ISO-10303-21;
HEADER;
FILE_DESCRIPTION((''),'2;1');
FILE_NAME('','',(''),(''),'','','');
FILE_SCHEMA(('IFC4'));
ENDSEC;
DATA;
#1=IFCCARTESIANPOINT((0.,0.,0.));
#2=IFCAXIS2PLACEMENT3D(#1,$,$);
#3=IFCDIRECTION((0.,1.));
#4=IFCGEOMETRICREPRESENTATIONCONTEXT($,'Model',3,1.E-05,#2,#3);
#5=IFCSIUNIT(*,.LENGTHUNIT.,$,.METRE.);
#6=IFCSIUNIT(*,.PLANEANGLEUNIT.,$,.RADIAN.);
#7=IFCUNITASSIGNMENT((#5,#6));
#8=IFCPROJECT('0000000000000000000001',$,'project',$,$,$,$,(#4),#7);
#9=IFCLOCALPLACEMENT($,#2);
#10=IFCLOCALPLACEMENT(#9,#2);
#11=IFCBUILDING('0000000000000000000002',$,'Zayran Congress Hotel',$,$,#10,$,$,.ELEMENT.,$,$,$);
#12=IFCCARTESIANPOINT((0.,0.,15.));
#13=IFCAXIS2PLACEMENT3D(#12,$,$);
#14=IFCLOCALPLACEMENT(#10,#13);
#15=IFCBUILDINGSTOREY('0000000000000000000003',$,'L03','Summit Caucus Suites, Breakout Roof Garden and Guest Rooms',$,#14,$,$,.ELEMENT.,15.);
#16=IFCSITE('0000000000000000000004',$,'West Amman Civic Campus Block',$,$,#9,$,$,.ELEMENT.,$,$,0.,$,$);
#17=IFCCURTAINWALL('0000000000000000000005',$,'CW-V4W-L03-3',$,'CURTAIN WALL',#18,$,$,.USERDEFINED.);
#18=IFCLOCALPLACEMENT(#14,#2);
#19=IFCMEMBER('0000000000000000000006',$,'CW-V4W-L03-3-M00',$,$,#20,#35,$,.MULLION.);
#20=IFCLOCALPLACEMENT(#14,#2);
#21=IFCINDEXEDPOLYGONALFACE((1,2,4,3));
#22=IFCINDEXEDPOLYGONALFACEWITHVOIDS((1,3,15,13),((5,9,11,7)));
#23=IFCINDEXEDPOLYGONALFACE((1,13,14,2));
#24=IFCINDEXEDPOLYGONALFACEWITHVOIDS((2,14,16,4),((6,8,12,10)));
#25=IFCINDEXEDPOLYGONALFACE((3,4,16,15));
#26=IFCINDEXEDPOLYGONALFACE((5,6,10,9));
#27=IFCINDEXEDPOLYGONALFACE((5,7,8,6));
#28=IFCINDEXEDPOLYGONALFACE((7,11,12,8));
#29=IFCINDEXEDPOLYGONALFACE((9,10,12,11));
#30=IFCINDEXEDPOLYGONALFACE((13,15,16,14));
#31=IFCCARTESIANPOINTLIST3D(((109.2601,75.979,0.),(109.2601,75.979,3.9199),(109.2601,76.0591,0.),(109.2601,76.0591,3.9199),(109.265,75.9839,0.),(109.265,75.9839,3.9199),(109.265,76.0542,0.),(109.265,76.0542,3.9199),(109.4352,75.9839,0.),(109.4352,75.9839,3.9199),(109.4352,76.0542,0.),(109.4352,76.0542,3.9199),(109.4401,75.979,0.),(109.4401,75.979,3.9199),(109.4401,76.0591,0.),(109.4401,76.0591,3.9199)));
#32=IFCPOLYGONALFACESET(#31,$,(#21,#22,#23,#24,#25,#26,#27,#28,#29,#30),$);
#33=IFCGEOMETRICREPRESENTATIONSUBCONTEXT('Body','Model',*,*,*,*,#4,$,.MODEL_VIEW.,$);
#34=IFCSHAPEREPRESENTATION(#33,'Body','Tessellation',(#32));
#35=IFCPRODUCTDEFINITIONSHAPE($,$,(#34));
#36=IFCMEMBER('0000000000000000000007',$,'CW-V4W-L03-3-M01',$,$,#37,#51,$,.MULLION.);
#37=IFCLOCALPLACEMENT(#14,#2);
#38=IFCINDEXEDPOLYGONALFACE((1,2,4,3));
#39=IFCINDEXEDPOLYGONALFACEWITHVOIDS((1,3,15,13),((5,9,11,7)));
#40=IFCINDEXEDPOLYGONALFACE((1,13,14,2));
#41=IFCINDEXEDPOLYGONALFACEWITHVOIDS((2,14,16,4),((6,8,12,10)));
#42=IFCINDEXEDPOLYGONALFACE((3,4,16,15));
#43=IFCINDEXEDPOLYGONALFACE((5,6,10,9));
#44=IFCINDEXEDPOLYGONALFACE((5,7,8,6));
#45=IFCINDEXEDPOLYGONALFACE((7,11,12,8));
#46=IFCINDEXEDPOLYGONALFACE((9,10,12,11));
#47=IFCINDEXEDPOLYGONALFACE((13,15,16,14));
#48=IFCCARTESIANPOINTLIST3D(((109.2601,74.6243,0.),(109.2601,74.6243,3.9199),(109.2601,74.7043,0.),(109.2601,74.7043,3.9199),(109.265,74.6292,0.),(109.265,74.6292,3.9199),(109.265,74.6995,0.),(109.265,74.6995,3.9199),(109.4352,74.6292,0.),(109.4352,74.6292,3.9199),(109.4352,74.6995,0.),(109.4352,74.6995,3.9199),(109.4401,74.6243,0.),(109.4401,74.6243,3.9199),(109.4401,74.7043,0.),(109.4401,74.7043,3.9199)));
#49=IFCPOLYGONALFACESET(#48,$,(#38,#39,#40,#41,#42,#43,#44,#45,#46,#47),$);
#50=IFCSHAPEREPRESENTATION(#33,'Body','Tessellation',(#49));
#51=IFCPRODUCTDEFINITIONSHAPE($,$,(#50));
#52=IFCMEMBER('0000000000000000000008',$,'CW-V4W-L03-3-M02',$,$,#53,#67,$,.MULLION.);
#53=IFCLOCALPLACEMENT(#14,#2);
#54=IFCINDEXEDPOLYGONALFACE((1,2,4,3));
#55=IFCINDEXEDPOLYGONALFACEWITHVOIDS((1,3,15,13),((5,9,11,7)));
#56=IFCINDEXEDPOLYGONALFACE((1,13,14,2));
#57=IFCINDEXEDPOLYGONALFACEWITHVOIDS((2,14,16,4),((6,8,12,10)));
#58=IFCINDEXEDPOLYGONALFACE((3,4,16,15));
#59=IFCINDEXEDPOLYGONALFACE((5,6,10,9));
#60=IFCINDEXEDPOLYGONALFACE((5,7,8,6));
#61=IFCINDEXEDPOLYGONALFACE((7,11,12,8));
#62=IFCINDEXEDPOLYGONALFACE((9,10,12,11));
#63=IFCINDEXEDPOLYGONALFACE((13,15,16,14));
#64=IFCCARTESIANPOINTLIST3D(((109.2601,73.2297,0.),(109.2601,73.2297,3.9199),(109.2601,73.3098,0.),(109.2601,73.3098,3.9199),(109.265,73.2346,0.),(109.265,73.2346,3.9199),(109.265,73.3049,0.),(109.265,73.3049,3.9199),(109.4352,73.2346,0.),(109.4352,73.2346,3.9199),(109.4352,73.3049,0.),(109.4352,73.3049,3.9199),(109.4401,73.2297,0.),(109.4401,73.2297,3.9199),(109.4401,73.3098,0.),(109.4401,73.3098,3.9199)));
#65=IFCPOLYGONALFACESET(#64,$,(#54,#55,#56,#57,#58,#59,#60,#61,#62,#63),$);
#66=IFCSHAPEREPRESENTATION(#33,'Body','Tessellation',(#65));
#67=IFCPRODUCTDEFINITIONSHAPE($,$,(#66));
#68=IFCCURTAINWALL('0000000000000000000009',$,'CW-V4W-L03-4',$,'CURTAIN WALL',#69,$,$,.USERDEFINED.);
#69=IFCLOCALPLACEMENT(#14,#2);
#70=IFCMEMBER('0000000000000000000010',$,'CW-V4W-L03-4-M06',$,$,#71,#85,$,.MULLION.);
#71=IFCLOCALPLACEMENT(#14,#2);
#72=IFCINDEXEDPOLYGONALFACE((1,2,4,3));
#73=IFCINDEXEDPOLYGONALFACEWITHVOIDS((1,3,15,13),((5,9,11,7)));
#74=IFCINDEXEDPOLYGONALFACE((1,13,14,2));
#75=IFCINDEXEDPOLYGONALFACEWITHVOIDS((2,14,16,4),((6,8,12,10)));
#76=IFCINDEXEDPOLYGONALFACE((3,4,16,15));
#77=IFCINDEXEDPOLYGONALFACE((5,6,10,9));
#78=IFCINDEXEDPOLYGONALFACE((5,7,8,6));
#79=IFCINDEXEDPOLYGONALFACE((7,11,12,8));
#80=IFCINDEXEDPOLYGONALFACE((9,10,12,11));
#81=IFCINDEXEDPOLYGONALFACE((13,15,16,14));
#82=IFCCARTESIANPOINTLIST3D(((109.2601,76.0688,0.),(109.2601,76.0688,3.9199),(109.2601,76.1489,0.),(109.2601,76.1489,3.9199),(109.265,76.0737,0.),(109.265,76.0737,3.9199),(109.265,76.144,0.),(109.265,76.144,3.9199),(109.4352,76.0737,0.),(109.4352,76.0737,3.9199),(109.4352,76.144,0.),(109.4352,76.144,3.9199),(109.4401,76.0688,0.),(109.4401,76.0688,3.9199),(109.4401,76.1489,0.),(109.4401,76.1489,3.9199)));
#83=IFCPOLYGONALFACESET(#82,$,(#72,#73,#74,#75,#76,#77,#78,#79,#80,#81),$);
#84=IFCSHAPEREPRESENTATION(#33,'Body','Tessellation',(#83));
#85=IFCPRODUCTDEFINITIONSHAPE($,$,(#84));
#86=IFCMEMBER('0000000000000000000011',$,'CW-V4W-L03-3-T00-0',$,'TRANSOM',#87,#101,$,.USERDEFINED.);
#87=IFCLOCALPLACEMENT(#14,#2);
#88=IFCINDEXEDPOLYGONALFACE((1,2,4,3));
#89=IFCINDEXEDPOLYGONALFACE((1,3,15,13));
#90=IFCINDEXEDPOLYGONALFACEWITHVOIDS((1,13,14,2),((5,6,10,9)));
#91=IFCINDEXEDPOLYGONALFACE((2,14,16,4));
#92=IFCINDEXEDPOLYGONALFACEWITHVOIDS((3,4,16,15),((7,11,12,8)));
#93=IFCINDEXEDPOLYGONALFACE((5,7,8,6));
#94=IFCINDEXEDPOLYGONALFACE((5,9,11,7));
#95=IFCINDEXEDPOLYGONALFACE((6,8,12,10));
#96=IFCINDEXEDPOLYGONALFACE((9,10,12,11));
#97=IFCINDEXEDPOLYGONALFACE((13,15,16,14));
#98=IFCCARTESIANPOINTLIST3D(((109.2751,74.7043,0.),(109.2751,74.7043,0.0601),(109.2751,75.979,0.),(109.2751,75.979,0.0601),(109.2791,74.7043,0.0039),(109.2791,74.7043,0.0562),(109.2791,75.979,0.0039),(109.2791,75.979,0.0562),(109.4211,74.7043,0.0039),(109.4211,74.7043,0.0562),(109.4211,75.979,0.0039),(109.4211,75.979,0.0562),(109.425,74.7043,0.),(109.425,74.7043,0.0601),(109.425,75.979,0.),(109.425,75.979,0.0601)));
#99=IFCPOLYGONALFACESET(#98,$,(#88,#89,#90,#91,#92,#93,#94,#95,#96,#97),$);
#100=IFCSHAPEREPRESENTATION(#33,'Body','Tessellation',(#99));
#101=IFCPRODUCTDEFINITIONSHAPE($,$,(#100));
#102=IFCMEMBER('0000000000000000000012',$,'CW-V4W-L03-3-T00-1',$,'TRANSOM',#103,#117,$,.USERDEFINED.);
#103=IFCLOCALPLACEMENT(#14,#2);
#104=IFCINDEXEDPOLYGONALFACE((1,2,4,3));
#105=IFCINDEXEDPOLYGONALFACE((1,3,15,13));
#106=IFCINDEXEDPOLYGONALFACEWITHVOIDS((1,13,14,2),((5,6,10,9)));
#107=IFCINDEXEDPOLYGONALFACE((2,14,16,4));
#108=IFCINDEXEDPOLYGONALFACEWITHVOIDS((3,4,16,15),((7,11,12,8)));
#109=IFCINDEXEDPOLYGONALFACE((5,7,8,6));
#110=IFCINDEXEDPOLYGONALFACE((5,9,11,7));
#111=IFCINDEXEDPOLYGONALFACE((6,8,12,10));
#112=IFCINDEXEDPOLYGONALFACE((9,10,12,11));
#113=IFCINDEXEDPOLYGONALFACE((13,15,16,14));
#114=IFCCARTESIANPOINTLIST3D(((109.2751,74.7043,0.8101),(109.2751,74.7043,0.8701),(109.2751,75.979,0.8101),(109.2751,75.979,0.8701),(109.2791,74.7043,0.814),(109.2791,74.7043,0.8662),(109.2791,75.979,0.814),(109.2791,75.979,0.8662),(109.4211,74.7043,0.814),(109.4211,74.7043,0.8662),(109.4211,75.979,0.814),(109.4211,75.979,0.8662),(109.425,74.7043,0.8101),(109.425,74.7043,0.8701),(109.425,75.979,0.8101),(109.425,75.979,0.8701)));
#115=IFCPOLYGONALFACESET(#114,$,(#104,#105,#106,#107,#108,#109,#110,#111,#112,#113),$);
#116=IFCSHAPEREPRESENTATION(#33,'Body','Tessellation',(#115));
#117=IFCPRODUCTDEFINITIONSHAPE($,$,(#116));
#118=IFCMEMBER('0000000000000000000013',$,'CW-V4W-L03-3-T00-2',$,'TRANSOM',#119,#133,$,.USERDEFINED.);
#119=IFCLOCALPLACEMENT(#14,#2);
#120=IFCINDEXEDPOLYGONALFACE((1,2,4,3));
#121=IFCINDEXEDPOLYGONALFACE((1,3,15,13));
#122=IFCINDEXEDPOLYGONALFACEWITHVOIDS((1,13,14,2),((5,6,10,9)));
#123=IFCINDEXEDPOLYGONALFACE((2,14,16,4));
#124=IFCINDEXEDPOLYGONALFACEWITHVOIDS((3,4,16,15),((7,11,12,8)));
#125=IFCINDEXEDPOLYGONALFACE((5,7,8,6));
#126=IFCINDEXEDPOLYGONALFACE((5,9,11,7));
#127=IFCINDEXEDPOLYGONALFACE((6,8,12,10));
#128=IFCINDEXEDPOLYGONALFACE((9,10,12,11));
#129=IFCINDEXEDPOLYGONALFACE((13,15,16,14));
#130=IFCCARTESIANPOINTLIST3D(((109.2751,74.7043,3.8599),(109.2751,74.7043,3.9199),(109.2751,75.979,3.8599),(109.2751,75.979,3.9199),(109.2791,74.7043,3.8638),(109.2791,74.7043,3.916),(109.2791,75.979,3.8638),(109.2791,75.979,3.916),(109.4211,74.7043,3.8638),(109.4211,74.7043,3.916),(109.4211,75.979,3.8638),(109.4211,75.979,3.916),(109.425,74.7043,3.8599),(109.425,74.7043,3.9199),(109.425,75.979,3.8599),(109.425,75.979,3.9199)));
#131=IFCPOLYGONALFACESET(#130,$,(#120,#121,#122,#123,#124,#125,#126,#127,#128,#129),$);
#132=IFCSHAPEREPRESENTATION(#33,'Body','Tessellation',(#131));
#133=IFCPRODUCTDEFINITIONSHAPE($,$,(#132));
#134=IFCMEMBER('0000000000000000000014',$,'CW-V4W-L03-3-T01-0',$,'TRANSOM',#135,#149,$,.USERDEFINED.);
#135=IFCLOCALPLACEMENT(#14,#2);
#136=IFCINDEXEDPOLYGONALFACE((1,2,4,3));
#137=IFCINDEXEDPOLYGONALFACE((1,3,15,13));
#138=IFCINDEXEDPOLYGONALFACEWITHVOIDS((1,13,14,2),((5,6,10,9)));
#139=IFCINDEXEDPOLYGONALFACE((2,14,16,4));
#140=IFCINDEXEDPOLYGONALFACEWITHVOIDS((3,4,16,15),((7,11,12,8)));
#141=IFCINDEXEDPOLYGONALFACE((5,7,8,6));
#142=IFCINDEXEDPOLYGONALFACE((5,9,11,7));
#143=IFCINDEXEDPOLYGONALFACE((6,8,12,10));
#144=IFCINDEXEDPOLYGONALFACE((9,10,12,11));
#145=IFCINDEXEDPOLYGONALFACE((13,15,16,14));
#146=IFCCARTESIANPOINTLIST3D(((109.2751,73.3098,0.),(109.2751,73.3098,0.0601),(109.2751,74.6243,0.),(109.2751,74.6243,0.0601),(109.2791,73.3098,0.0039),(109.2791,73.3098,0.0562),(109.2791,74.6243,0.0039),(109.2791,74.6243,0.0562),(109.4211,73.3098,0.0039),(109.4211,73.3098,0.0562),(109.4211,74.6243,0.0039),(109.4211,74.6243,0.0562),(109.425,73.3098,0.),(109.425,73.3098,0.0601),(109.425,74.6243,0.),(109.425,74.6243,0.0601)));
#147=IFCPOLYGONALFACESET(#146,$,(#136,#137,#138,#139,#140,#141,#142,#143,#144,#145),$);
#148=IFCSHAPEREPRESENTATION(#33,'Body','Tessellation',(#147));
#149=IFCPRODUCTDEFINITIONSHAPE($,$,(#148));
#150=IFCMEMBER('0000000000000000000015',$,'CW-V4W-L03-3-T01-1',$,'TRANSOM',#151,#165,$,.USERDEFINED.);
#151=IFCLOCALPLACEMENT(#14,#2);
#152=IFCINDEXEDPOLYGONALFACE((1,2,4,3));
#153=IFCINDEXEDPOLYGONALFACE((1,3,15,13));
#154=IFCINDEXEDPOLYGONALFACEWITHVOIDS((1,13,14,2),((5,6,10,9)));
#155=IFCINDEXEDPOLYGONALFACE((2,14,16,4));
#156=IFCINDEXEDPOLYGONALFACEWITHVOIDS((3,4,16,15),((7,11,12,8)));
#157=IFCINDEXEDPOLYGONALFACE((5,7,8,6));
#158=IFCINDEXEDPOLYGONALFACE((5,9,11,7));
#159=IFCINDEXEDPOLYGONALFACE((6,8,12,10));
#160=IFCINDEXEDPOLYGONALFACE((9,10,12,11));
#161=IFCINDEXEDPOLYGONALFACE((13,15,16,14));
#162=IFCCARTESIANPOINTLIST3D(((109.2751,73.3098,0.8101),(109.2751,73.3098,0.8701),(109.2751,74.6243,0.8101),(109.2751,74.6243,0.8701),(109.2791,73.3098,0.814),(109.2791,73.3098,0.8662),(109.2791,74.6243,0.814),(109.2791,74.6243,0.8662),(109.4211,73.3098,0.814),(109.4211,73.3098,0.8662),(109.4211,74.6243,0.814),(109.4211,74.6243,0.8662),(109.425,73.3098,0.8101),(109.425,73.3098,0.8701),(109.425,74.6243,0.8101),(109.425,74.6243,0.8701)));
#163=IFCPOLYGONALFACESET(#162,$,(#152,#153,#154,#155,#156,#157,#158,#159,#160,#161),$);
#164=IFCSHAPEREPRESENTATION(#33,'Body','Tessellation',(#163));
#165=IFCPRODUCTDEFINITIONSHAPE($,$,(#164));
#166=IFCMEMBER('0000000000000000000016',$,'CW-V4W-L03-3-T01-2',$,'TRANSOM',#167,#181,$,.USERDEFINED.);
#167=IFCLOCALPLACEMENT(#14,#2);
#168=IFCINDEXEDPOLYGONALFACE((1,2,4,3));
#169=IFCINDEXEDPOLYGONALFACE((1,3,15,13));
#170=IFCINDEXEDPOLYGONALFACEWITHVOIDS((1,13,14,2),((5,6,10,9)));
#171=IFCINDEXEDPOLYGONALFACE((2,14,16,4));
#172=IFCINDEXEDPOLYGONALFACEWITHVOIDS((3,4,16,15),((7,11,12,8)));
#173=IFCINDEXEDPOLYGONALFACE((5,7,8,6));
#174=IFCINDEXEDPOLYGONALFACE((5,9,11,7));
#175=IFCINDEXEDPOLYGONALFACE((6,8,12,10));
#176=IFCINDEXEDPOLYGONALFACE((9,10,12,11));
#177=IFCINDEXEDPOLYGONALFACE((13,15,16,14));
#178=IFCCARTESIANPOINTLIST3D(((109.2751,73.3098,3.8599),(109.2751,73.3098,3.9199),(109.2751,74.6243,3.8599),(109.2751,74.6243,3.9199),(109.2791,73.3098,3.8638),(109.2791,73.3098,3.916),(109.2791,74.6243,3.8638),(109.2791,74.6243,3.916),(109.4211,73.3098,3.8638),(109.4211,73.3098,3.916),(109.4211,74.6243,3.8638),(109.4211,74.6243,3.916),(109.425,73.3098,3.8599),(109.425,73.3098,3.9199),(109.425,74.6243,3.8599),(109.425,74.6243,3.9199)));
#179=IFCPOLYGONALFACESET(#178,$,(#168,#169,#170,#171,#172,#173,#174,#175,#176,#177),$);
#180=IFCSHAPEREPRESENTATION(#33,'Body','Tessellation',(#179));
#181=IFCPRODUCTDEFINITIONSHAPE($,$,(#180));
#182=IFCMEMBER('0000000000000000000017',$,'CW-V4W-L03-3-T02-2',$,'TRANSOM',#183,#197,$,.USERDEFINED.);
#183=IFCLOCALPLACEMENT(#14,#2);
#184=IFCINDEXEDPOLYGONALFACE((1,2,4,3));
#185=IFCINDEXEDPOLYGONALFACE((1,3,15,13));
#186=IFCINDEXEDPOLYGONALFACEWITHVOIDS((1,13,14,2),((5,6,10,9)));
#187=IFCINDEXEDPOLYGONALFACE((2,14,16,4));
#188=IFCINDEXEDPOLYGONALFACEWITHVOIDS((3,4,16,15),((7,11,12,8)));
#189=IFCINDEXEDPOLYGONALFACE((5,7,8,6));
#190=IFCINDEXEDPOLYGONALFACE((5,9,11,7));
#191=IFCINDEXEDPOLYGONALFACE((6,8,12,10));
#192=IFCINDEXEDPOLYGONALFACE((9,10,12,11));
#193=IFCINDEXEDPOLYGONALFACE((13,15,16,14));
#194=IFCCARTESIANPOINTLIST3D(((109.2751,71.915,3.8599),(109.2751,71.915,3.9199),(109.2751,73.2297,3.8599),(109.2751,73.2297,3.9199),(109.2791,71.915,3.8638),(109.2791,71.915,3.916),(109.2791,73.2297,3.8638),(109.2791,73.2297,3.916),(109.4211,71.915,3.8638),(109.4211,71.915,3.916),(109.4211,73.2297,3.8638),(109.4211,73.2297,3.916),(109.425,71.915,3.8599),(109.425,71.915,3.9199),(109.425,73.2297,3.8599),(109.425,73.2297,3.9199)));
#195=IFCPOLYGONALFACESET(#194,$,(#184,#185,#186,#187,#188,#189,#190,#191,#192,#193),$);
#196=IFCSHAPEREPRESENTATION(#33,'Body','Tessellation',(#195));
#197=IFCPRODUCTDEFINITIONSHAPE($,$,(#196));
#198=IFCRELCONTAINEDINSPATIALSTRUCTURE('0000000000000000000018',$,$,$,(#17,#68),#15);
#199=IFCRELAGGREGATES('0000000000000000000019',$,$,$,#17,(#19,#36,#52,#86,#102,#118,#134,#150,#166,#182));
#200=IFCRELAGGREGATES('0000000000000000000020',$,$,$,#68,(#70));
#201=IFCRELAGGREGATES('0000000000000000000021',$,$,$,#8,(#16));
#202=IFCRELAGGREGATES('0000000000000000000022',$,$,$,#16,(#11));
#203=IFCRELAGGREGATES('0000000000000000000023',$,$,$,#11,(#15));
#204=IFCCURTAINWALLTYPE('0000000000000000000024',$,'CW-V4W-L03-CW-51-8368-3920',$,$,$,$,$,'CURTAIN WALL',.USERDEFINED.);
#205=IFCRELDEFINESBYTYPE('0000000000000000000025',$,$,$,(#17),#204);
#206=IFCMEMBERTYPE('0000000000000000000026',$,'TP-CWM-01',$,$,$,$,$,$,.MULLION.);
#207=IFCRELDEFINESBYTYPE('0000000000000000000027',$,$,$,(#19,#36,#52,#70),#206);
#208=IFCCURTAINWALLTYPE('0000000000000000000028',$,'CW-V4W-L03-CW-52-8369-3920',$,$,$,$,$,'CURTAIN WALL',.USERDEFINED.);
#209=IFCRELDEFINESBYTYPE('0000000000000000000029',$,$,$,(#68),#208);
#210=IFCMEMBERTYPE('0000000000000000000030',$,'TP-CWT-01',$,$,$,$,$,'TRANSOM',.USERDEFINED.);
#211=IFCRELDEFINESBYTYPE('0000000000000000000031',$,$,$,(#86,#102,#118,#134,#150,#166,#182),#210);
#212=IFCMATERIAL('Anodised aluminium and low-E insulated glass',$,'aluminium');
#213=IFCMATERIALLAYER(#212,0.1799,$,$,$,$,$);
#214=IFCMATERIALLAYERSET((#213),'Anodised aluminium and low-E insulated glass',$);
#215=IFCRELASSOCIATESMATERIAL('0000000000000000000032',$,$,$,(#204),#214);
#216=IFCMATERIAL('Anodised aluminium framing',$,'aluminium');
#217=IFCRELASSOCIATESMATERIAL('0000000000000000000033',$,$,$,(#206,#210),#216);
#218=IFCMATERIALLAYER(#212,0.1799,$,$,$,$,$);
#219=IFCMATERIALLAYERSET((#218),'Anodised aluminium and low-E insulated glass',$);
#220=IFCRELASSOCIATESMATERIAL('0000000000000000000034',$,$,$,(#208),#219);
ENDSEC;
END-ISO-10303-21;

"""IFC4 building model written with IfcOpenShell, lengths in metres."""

from ifc_helpers import new_model, si_unit, direction, frame, origin, origin_2d, place, context, subcontext, project, spatial, hollow_rectangle, extrude, material, layer, layer_set, material_profile, profile_set, type_object, element, aggregate, save


model = new_model("IFC4")

# Units and contexts
model_context = context("Model", 3, precision=1e-05, world=origin(), true_north=direction((0.0, 1.0)))
body_context = subcontext(model_context, "Body", "Model", "MODEL_VIEW")
ifc_project = project(units=[si_unit("LENGTHUNIT", "METRE"), si_unit("PLANEANGLEUNIT", "RADIAN")], contexts=[model_context])

# Site, building, storey
site_placement = place(None, origin())
site = spatial("IfcSite", under=ifc_project, at=site_placement, Name="West Amman Civic Campus Block", CompositionType="ELEMENT", RefElevation=0.0)
building_placement = place(site_placement, origin())
building = spatial("IfcBuilding", under=site, at=building_placement, Name="Zayran Congress Hotel", CompositionType="ELEMENT")
storey_placement = place(building_placement, frame((0.0, 0.0, 15.0)))
storey = spatial("IfcBuildingStorey", under=building, at=storey_placement, Name="L03", Description="Summit Caucus Suites, Breakout Roof Garden and Guest Rooms", CompositionType="ELEMENT", Elevation=15.0)

# Curtain wall, members
ifc_material_1 = material(Name="Anodised aluminium and low-E insulated glass", Category="aluminium")
ifc_layer_1 = layer(ifc_material_1, 0.1799)
ifc_layer_set_1 = layer_set([ifc_layer_1], Name="Anodised aluminium and low-E insulated glass")
curtain_wall_type_1 = type_object("IfcCurtainWallType", Name="CW-V4W-L03-CW-51-8368-3920", ElementType="CURTAIN WALL", PredefinedType="USERDEFINED", material=ifc_layer_set_1)
curtain_wall_1_placement = place(storey_placement, origin())
curtain_wall_1 = element("IfcCurtainWall", 1, at=curtain_wall_1_placement, inside=storey, type_object=curtain_wall_type_1, Name="CW-V4W-L03-3", ObjectType="CURTAIN WALL", PredefinedType="USERDEFINED")
ifc_material_2 = material(Name="Anodised aluminium framing", Category="aluminium")
ifc_material_profile_1 = material_profile(ifc_material_2, hollow_rectangle(XDim=0.0801, YDim=0.1799, WallThickness=0.0049, at=origin_2d()), Name="RHS 180x80x5")
ifc_profile_set_1 = profile_set([ifc_material_profile_1], Name="Anodised aluminium framing")
member_type_1 = type_object("IfcMemberType", Name="TP-CWM-01", PredefinedType="MULLION", material=ifc_profile_set_1)
member_1_placement = place(storey_placement, frame((109.3501, 76.019, 0.0), z_axis=(0.0, 0.0, 1.0), x_axis=(0.0, 1.0, 0.0)))
member_1 = element("IfcMember", 2, at=member_1_placement, type_object=member_type_1, Name="CW-V4W-L03-3-M00", PredefinedType="MULLION", context=body_context, shape_type="SweptSolid", body=[
    extrude(hollow_rectangle(XDim=0.0801, YDim=0.1799, WallThickness=0.0049, at=origin_2d()), origin(), (0.0, 0.0, 1.0), 3.9199),
])
member_2_placement = place(storey_placement, frame((109.3501, 74.6643, 0.0), z_axis=(0.0, 0.0, 1.0), x_axis=(0.0, 1.0, 0.0)))
member_2 = element("IfcMember", 3, at=member_2_placement, type_object=member_type_1, Name="CW-V4W-L03-3-M01", PredefinedType="MULLION", context=body_context, shape_type="SweptSolid", body=[
    extrude(hollow_rectangle(XDim=0.0801, YDim=0.1799, WallThickness=0.0049, at=origin_2d()), origin(), (0.0, 0.0, 1.0), 3.9199),
])
member_3_placement = place(storey_placement, frame((109.3501, 73.2698, 0.0), z_axis=(0.0, 0.0, 1.0), x_axis=(0.0, 1.0, 0.0)))
member_3 = element("IfcMember", 4, at=member_3_placement, type_object=member_type_1, Name="CW-V4W-L03-3-M02", PredefinedType="MULLION", context=body_context, shape_type="SweptSolid", body=[
    extrude(hollow_rectangle(XDim=0.0801, YDim=0.1799, WallThickness=0.0049, at=origin_2d()), origin(), (0.0, 0.0, 1.0), 3.9199),
])

# Curtain wall, member
ifc_layer_2 = layer(ifc_material_1, 0.1799)
ifc_layer_set_2 = layer_set([ifc_layer_2], Name="Anodised aluminium and low-E insulated glass")
curtain_wall_type_2 = type_object("IfcCurtainWallType", Name="CW-V4W-L03-CW-52-8369-3920", ElementType="CURTAIN WALL", PredefinedType="USERDEFINED", material=ifc_layer_set_2)
curtain_wall_2_placement = place(storey_placement, origin())
curtain_wall_2 = element("IfcCurtainWall", 5, at=curtain_wall_2_placement, inside=storey, type_object=curtain_wall_type_2, Name="CW-V4W-L03-4", ObjectType="CURTAIN WALL", PredefinedType="USERDEFINED")
member_4_placement = place(storey_placement, frame((109.3501, 76.1089, 0.0), z_axis=(0.0, 0.0, 1.0), x_axis=(0.0, 1.0, 0.0)))
member_4 = element("IfcMember", 6, at=member_4_placement, type_object=member_type_1, Name="CW-V4W-L03-4-M06", PredefinedType="MULLION", context=body_context, shape_type="SweptSolid", body=[
    extrude(hollow_rectangle(XDim=0.0801, YDim=0.1799, WallThickness=0.0049, at=origin_2d()), origin(), (0.0, 0.0, 1.0), 3.9199),
])

# Members
ifc_material_profile_2 = material_profile(ifc_material_2, hollow_rectangle(XDim=0.0601, YDim=0.1499, WallThickness=0.0039, at=origin_2d()), Name="RHS 150x60x4")
ifc_profile_set_2 = profile_set([ifc_material_profile_2], Name="Anodised aluminium framing")
member_type_2 = type_object("IfcMemberType", Name="TP-CWT-01", ElementType="TRANSOM", PredefinedType="USERDEFINED", material=ifc_profile_set_2)
member_5_placement = place(storey_placement, frame((109.3501, 75.979, 0.03), z_axis=(0.0, -1.0, 0.0), x_axis=(0.0, 0.0, 1.0)))
member_5 = element("IfcMember", 7, at=member_5_placement, type_object=member_type_2, Name="CW-V4W-L03-3-T00-0", ObjectType="TRANSOM", PredefinedType="USERDEFINED", context=body_context, shape_type="SweptSolid", body=[
    extrude(hollow_rectangle(XDim=0.0601, YDim=0.1499, WallThickness=0.0039, at=origin_2d()), origin(), (0.0, 0.0, 1.0), 1.2747),
])
member_6_placement = place(storey_placement, frame((109.3501, 75.979, 0.8401), z_axis=(0.0, -1.0, 0.0), x_axis=(0.0, 0.0, 1.0)))
member_6 = element("IfcMember", 8, at=member_6_placement, type_object=member_type_2, Name="CW-V4W-L03-3-T00-1", ObjectType="TRANSOM", PredefinedType="USERDEFINED", context=body_context, shape_type="SweptSolid", body=[
    extrude(hollow_rectangle(XDim=0.0601, YDim=0.1499, WallThickness=0.0039, at=origin_2d()), origin(), (0.0, 0.0, 1.0), 1.2747),
])
member_7_placement = place(storey_placement, frame((109.3501, 75.979, 3.8899), z_axis=(0.0, -1.0, 0.0), x_axis=(0.0, 0.0, 1.0)))
member_7 = element("IfcMember", 9, at=member_7_placement, type_object=member_type_2, Name="CW-V4W-L03-3-T00-2", ObjectType="TRANSOM", PredefinedType="USERDEFINED", context=body_context, shape_type="SweptSolid", body=[
    extrude(hollow_rectangle(XDim=0.0601, YDim=0.1499, WallThickness=0.0039, at=origin_2d()), origin(), (0.0, 0.0, 1.0), 1.2747),
])
member_8_placement = place(storey_placement, frame((109.3501, 74.6243, 0.03), z_axis=(0.0, -1.0, 0.0), x_axis=(0.0, 0.0, 1.0)))
member_8 = element("IfcMember", 10, at=member_8_placement, type_object=member_type_2, Name="CW-V4W-L03-3-T01-0", ObjectType="TRANSOM", PredefinedType="USERDEFINED", context=body_context, shape_type="SweptSolid", body=[
    extrude(hollow_rectangle(XDim=0.0601, YDim=0.1499, WallThickness=0.0039, at=origin_2d()), origin(), (0.0, 0.0, 1.0), 1.3145),
])
member_9_placement = place(storey_placement, frame((109.3501, 74.6243, 0.8401), z_axis=(0.0, -1.0, 0.0), x_axis=(0.0, 0.0, 1.0)))
member_9 = element("IfcMember", 11, at=member_9_placement, type_object=member_type_2, Name="CW-V4W-L03-3-T01-1", ObjectType="TRANSOM", PredefinedType="USERDEFINED", context=body_context, shape_type="SweptSolid", body=[
    extrude(hollow_rectangle(XDim=0.0601, YDim=0.1499, WallThickness=0.0039, at=origin_2d()), origin(), (0.0, 0.0, 1.0), 1.3145),
])
member_10_placement = place(storey_placement, frame((109.3501, 74.6243, 3.8899), z_axis=(0.0, -1.0, 0.0), x_axis=(0.0, 0.0, 1.0)))
member_10 = element("IfcMember", 12, at=member_10_placement, type_object=member_type_2, Name="CW-V4W-L03-3-T01-2", ObjectType="TRANSOM", PredefinedType="USERDEFINED", context=body_context, shape_type="SweptSolid", body=[
    extrude(hollow_rectangle(XDim=0.0601, YDim=0.1499, WallThickness=0.0039, at=origin_2d()), origin(), (0.0, 0.0, 1.0), 1.3145),
])
member_11_placement = place(storey_placement, frame((109.3501, 73.2297, 3.8899), z_axis=(0.0, -1.0, 0.0), x_axis=(0.0, 0.0, 1.0)))
member_11 = element("IfcMember", 13, at=member_11_placement, type_object=member_type_2, Name="CW-V4W-L03-3-T02-2", ObjectType="TRANSOM", PredefinedType="USERDEFINED", context=body_context, shape_type="SweptSolid", body=[
    extrude(hollow_rectangle(XDim=0.0601, YDim=0.1499, WallThickness=0.0039, at=origin_2d()), origin(), (0.0, 0.0, 1.0), 1.3147),
])

aggregate(curtain_wall_1, [member_1, member_2, member_3, member_5, member_6, member_7, member_8, member_9, member_10, member_11])
aggregate(curtain_wall_2, [member_4])

save(model, "model.ifc")
